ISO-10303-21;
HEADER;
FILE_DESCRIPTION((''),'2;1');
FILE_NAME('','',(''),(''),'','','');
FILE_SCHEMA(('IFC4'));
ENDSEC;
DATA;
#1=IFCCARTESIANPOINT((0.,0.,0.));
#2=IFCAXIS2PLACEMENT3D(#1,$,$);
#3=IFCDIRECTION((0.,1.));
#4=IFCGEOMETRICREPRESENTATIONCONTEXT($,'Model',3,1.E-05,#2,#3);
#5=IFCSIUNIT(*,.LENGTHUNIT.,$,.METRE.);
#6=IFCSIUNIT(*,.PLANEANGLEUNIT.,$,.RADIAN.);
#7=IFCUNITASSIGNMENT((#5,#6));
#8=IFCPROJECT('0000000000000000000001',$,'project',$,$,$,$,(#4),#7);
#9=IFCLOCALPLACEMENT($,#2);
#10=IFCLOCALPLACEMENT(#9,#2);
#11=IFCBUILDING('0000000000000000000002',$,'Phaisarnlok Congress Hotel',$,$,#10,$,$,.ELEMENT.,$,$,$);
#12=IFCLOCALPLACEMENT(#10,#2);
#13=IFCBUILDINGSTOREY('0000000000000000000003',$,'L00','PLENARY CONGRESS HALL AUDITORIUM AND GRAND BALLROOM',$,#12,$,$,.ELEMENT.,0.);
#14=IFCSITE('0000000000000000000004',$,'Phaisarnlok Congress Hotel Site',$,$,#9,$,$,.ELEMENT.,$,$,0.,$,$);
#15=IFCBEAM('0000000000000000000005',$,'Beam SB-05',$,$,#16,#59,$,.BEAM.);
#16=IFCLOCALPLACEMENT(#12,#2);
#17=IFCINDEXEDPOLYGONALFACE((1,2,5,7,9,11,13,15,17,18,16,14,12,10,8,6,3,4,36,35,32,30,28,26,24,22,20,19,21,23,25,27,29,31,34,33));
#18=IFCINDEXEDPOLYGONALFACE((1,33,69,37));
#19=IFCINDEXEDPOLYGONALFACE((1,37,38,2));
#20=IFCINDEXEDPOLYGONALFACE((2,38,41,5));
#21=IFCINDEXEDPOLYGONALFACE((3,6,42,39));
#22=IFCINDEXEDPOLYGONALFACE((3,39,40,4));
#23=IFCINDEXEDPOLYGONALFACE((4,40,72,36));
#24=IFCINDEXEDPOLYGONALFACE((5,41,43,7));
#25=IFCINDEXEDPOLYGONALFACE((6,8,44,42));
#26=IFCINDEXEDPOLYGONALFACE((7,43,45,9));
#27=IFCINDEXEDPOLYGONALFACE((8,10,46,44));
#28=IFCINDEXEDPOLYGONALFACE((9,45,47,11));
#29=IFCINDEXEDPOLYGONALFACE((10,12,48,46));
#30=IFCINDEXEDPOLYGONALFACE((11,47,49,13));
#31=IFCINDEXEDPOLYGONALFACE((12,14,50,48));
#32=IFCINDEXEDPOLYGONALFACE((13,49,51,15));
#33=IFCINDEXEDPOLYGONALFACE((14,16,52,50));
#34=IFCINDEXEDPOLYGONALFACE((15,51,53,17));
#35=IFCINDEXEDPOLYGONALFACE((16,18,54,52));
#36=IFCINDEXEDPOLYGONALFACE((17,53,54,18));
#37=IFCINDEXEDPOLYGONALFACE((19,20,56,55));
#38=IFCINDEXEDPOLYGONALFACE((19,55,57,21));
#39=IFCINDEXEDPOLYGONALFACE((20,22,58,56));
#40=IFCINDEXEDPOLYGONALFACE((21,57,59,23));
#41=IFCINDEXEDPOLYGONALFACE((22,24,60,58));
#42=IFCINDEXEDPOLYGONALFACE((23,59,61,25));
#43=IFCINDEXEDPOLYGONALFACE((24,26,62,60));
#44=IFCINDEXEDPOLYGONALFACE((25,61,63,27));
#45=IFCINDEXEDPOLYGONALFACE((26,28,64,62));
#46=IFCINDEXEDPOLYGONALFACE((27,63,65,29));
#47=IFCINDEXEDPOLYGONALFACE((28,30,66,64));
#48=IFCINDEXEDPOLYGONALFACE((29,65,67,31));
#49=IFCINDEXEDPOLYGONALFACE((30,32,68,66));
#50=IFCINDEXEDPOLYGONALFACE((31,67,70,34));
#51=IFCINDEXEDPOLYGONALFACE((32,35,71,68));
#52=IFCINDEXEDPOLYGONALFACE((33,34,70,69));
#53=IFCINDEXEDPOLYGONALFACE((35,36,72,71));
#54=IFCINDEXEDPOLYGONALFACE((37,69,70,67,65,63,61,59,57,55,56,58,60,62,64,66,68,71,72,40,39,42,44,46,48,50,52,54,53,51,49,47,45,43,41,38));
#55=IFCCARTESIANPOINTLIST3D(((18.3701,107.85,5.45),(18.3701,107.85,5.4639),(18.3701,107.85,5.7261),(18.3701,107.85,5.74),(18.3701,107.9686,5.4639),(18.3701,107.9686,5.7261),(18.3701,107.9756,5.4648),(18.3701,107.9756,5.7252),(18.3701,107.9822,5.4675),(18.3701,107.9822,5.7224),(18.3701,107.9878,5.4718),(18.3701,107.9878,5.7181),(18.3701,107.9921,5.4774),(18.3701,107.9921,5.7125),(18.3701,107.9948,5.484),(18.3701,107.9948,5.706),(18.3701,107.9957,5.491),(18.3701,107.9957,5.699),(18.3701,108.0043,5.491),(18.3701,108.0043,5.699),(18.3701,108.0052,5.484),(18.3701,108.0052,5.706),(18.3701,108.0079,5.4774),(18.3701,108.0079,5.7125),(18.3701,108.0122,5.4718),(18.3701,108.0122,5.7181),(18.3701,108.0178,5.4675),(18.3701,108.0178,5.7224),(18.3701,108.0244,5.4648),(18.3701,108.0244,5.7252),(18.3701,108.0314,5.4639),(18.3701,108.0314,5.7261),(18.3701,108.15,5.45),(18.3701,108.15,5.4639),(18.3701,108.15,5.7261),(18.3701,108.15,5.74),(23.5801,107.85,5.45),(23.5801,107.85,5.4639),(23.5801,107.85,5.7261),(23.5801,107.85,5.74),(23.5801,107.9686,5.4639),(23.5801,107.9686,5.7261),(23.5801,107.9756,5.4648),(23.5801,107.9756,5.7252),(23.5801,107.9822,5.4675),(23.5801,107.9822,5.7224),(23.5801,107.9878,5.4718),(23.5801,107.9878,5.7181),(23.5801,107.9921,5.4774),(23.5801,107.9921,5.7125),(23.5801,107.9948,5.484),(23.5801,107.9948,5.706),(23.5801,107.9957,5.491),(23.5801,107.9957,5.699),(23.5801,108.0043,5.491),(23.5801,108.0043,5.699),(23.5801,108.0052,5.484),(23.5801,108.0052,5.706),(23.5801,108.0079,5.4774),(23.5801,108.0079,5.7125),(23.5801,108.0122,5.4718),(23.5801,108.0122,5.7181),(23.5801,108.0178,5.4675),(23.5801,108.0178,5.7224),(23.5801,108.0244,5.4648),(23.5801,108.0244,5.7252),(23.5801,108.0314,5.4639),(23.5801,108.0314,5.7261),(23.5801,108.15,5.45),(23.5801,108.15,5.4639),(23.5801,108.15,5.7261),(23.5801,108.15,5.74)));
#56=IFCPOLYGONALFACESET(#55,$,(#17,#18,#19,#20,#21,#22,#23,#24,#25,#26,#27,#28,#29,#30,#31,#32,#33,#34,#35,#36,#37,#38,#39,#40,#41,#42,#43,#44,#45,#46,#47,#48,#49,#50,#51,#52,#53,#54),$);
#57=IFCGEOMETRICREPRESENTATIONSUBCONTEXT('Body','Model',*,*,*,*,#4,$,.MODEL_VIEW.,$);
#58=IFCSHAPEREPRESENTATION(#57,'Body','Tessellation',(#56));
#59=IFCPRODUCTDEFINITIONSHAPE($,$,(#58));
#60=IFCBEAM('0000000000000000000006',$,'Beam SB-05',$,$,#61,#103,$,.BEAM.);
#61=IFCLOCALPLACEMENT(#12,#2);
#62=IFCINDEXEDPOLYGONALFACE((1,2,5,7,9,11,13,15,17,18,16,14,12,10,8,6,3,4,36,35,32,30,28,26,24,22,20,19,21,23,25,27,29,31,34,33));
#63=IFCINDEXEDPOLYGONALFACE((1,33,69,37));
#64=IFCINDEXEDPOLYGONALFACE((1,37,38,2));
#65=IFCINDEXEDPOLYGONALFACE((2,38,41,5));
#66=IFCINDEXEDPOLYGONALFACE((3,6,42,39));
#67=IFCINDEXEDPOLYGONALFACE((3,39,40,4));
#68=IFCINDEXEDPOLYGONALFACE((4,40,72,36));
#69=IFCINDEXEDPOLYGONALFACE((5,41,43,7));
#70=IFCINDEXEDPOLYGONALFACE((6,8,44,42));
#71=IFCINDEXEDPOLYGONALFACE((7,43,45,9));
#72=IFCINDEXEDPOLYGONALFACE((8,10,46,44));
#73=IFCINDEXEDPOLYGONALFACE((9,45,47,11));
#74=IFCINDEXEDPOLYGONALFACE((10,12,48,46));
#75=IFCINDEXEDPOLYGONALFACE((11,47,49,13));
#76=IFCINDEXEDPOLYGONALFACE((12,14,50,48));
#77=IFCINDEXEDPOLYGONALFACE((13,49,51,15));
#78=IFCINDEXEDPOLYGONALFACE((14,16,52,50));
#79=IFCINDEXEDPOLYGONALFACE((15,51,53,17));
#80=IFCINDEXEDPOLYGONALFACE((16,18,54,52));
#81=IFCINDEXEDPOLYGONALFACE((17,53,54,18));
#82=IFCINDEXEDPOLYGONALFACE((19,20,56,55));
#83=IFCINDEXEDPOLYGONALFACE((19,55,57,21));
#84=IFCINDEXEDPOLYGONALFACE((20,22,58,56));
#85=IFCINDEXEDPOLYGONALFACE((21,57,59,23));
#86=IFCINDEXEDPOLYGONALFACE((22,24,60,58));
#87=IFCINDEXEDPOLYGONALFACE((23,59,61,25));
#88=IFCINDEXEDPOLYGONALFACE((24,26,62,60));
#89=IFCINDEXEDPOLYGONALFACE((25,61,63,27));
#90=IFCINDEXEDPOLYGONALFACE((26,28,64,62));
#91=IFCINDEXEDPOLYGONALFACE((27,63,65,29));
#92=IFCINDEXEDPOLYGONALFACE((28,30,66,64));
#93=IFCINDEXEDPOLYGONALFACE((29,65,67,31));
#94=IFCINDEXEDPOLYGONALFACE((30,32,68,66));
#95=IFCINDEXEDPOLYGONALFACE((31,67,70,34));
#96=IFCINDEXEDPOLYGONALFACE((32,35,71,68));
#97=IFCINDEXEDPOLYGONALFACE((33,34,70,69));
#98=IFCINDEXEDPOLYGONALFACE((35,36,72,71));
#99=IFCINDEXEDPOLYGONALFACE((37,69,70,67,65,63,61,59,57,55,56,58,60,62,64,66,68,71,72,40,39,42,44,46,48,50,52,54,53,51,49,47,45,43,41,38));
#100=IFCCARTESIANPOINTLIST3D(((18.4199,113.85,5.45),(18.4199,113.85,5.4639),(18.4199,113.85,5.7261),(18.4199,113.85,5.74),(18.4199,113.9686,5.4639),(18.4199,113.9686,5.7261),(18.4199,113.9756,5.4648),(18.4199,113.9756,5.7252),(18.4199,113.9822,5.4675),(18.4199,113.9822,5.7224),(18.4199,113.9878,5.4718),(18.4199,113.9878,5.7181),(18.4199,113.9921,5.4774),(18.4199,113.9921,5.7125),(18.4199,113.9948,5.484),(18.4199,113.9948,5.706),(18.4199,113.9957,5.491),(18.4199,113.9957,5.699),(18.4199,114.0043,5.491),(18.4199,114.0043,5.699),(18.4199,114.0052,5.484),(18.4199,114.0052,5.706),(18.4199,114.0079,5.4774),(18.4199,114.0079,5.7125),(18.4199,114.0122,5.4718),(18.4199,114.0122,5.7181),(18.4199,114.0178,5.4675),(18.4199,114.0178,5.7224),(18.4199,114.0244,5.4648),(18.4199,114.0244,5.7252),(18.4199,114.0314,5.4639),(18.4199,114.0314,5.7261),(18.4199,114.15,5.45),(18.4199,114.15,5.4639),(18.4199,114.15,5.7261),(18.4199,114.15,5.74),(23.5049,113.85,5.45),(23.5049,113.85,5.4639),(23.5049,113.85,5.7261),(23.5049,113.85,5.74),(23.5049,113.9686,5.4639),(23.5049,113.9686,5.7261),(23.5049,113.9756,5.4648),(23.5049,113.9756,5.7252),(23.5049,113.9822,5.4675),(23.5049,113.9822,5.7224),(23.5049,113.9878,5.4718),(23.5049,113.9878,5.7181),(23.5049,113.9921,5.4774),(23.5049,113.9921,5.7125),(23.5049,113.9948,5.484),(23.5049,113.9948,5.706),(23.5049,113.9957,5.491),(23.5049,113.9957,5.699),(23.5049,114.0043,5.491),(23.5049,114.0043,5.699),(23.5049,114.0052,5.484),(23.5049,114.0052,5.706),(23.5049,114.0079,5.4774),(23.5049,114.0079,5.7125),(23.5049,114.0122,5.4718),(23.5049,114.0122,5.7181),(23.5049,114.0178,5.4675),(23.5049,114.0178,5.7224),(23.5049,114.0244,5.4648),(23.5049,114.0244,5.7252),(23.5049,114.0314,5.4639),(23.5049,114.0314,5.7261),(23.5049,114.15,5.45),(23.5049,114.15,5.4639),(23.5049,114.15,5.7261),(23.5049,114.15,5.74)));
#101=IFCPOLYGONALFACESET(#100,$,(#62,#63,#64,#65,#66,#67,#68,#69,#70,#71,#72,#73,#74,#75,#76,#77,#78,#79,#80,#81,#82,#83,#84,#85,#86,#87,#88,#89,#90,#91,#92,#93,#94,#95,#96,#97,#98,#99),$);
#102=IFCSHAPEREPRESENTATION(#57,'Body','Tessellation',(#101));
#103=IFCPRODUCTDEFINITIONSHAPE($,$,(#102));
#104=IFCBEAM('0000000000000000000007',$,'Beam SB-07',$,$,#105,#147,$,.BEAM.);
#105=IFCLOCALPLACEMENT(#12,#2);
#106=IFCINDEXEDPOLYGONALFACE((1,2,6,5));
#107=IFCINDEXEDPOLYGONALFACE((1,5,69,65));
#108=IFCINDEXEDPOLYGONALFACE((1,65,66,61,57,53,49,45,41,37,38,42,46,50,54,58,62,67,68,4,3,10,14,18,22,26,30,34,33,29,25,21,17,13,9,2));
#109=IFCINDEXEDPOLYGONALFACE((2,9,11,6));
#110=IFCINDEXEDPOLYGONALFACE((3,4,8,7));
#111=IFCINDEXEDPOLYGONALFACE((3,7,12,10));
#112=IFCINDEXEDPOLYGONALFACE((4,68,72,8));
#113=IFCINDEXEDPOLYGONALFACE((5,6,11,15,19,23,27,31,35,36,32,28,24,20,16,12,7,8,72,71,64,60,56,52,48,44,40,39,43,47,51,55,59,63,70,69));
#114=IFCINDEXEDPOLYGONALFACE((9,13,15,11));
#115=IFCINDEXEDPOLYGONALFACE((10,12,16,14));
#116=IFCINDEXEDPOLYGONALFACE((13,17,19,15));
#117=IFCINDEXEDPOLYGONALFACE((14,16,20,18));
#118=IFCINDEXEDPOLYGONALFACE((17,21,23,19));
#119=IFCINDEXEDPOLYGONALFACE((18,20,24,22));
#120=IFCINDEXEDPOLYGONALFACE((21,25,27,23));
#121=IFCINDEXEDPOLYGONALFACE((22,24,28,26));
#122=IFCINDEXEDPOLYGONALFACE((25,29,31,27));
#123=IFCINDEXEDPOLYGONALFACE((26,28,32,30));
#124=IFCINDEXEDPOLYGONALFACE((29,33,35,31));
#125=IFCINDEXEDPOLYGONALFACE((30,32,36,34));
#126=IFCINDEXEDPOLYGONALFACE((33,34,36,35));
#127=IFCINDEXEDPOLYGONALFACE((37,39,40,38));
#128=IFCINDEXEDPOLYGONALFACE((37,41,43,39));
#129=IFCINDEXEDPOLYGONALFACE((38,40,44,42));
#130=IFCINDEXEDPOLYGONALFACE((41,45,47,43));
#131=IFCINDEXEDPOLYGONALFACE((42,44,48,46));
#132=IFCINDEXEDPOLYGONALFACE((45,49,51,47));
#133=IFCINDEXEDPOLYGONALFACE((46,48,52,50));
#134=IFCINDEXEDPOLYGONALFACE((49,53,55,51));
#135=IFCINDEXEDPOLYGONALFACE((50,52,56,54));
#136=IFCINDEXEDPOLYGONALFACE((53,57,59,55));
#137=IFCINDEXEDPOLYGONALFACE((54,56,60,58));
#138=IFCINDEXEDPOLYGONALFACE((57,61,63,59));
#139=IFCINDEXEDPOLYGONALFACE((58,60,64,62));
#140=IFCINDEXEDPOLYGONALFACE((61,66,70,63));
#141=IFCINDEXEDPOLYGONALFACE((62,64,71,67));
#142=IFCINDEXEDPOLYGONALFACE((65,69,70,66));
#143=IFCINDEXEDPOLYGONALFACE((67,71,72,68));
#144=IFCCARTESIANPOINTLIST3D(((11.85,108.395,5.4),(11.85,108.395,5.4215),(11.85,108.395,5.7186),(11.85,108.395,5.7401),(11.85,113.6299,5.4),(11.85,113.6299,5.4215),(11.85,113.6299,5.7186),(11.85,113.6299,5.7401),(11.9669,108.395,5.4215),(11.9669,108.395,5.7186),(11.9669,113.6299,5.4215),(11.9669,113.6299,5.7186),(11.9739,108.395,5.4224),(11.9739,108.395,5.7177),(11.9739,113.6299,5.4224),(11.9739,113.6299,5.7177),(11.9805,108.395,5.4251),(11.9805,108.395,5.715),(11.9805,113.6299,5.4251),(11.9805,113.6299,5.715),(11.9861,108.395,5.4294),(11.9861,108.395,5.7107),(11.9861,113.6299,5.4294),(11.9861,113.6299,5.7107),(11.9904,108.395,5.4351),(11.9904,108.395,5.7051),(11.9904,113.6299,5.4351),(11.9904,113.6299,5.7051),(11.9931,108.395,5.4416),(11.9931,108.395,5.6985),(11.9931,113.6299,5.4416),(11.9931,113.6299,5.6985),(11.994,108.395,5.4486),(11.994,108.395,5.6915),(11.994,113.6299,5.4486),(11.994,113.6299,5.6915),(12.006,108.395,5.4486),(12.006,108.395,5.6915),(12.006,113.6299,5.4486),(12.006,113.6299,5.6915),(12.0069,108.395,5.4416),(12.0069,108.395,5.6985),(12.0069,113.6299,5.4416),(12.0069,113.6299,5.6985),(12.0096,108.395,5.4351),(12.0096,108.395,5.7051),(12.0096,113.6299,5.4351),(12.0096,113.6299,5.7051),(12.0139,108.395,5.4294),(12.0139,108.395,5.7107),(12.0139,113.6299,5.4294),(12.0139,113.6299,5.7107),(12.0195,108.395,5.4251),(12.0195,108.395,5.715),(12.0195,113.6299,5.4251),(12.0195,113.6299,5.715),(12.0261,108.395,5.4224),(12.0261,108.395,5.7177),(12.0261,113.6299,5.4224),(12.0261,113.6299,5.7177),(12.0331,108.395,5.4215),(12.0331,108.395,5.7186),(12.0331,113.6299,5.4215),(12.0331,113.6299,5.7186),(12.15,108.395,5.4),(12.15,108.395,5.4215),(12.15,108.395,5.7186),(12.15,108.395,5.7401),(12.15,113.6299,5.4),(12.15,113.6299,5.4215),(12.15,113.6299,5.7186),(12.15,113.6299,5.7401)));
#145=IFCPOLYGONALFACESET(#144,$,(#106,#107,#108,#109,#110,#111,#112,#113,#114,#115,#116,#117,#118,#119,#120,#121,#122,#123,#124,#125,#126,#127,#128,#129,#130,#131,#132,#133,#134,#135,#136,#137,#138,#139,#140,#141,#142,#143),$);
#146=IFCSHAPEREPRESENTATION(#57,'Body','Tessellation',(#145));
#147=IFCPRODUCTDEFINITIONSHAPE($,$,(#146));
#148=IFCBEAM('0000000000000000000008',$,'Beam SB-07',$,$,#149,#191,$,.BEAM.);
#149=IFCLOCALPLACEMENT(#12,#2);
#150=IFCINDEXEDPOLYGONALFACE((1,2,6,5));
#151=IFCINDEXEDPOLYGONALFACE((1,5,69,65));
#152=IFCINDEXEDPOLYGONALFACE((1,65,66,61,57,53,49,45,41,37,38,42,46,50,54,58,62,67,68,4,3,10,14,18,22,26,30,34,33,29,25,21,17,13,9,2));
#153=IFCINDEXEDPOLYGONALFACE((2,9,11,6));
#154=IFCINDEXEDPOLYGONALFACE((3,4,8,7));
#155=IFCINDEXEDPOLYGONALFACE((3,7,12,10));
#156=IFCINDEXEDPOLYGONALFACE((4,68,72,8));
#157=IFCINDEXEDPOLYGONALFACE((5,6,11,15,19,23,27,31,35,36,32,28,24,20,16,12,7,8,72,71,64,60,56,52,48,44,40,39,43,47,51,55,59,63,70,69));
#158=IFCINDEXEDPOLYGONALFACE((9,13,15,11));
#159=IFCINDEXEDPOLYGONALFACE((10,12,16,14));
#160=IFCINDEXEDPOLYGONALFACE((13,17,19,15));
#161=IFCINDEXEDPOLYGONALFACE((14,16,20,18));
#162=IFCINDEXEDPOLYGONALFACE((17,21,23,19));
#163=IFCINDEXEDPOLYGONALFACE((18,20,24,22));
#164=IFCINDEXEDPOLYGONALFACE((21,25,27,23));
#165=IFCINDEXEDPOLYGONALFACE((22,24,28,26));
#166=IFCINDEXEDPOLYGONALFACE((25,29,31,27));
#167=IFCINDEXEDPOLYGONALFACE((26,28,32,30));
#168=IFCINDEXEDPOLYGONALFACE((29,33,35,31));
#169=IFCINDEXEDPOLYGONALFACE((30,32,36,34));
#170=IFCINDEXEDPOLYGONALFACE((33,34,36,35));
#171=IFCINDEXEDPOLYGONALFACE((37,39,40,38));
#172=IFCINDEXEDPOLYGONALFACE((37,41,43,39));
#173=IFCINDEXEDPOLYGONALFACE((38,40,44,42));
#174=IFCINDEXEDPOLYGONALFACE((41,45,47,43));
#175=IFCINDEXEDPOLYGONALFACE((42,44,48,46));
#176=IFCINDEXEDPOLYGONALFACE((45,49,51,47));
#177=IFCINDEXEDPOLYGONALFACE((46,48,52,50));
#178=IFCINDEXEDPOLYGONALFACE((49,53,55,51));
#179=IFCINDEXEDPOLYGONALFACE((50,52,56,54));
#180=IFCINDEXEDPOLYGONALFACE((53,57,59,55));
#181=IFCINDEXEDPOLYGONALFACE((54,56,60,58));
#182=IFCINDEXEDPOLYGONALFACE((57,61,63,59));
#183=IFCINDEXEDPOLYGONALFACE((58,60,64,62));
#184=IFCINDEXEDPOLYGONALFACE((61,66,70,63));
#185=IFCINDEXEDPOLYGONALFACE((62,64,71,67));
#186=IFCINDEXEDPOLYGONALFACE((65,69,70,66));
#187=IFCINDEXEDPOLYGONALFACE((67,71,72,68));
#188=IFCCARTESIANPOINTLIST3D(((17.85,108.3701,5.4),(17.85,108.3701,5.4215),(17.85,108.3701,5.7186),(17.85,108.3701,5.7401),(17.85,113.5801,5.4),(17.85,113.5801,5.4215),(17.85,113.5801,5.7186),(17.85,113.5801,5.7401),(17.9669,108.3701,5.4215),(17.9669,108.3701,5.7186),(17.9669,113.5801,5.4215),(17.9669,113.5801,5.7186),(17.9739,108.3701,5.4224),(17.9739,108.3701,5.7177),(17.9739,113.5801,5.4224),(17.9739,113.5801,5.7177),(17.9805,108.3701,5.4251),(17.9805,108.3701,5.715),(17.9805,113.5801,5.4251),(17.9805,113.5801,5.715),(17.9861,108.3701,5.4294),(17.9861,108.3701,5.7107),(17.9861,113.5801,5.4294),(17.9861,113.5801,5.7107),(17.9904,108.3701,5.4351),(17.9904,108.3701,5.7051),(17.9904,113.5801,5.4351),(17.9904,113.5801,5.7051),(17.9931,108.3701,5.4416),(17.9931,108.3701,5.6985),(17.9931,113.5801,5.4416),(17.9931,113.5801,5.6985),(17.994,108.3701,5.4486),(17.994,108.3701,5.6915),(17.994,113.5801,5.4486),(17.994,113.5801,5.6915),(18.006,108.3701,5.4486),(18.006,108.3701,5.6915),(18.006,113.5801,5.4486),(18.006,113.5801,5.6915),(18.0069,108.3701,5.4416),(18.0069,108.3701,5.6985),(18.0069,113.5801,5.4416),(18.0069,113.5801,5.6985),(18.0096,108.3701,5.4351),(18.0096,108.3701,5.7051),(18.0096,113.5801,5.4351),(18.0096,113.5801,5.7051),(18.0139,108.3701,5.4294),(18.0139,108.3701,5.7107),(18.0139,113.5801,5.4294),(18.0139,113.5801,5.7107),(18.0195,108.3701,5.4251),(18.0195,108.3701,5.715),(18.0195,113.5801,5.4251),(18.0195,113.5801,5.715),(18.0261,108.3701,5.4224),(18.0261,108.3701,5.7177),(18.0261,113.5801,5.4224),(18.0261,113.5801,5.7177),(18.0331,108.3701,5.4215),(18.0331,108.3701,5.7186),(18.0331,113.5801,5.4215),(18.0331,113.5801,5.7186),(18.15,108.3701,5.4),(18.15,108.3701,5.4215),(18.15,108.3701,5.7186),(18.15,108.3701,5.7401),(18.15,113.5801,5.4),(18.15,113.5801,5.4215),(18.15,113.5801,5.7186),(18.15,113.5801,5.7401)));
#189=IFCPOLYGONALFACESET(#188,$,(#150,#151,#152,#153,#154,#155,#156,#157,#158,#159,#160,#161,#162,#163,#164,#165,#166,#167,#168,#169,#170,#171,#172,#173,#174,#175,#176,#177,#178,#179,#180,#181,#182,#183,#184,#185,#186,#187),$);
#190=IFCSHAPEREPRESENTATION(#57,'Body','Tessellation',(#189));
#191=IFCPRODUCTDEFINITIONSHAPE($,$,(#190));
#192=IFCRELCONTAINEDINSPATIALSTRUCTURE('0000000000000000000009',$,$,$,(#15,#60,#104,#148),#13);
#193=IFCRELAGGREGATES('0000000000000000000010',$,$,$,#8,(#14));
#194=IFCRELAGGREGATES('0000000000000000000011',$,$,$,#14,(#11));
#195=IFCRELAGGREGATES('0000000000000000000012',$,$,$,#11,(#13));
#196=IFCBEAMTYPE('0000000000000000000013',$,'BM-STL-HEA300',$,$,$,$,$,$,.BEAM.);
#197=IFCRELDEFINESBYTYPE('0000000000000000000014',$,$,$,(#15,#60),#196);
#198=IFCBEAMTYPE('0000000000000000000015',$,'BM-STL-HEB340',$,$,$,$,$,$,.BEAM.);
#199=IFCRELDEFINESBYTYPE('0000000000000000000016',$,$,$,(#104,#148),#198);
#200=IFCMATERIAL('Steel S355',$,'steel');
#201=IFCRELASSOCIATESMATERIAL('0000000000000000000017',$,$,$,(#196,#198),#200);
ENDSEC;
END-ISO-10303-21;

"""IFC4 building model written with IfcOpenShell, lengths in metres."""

from ifc_helpers import new_model, si_unit, direction, frame, origin, origin_2d, place, context, subcontext, project, spatial, i_section, extrude, material, material_profile, profile_set, type_object, element, save


model = new_model("IFC4")

# Units and contexts
model_context = context("Model", 3, precision=1e-05, world=origin(), true_north=direction((0.0, 1.0)))
body_context = subcontext(model_context, "Body", "Model", "MODEL_VIEW")
ifc_project = project(units=[si_unit("LENGTHUNIT", "METRE"), si_unit("PLANEANGLEUNIT", "RADIAN")], contexts=[model_context])

# Site, building, storey
site_placement = place(None, origin())
site = spatial("IfcSite", under=ifc_project, at=site_placement, Name="Phaisarnlok Congress Hotel Site", CompositionType="ELEMENT", RefElevation=0.0)
building_placement = place(site_placement, origin())
building = spatial("IfcBuilding", under=site, at=building_placement, Name="Phaisarnlok Congress Hotel", CompositionType="ELEMENT")
storey_placement = place(building_placement, origin())
storey = spatial("IfcBuildingStorey", under=building, at=storey_placement, Name="L00", Description="PLENARY CONGRESS HALL AUDITORIUM AND GRAND BALLROOM", CompositionType="ELEMENT", Elevation=0.0)

# Shared definitions
ifc_material_1 = material(Name="Steel S355", Category="steel")

# Beams
ifc_material_profile_1 = material_profile(ifc_material_1, i_section(OverallWidth=0.3, OverallDepth=0.29, WebThickness=0.0085, FlangeThickness=0.0139, FilletRadius=0.0271, at=origin_2d()), Name="HEA 300")
ifc_profile_set_1 = profile_set([ifc_material_profile_1], Name="Steel S355")
beam_type_1 = type_object("IfcBeamType", Name="BM-STL-HEA300", PredefinedType="BEAM", material=ifc_profile_set_1)
beam_1_placement = place(storey_placement, frame((18.3701, 108.0, 5.595), z_axis=(1.0, 0.0, 0.0), x_axis=(0.0, 1.0, 0.0)))
element("IfcBeam", 1, at=beam_1_placement, inside=storey, type_object=beam_type_1, Name="Beam SB-05", PredefinedType="BEAM", context=body_context, shape_type="SweptSolid", body=[
    extrude(i_section(OverallWidth=0.3, OverallDepth=0.29, WebThickness=0.0085, FlangeThickness=0.0139, FilletRadius=0.0271, at=origin_2d()), origin(), (0.0, 0.0, 1.0), 5.21),
])
beam_2_placement = place(storey_placement, frame((18.4199, 114.0, 5.595), z_axis=(1.0, 0.0, 0.0), x_axis=(0.0, 1.0, 0.0)))
element("IfcBeam", 2, at=beam_2_placement, inside=storey, type_object=beam_type_1, Name="Beam SB-05", PredefinedType="BEAM", context=body_context, shape_type="SweptSolid", body=[
    extrude(i_section(OverallWidth=0.3, OverallDepth=0.29, WebThickness=0.0085, FlangeThickness=0.0139, FilletRadius=0.0271, at=origin_2d()), origin(), (0.0, 0.0, 1.0), 5.085),
])
ifc_material_profile_2 = material_profile(ifc_material_1, i_section(OverallWidth=0.3, OverallDepth=0.3401, WebThickness=0.012, FlangeThickness=0.0215, FilletRadius=0.0271, at=origin_2d()), Name="HEB 340")
ifc_profile_set_2 = profile_set([ifc_material_profile_2], Name="Steel S355")
beam_type_2 = type_object("IfcBeamType", Name="BM-STL-HEB340", PredefinedType="BEAM", material=ifc_profile_set_2)
beam_3_placement = place(storey_placement, frame((12.0, 108.395, 5.5701), z_axis=(0.0, 1.0, 0.0), x_axis=(-1.0, 0.0, 0.0)))
element("IfcBeam", 3, at=beam_3_placement, inside=storey, type_object=beam_type_2, Name="Beam SB-07", PredefinedType="BEAM", context=body_context, shape_type="SweptSolid", body=[
    extrude(i_section(OverallWidth=0.3, OverallDepth=0.3401, WebThickness=0.012, FlangeThickness=0.0215, FilletRadius=0.0271, at=origin_2d()), origin(), (0.0, 0.0, 1.0), 5.2349),
])
beam_4_placement = place(storey_placement, frame((18.0, 108.3701, 5.5701), z_axis=(0.0, 1.0, 0.0), x_axis=(-1.0, 0.0, 0.0)))
element("IfcBeam", 4, at=beam_4_placement, inside=storey, type_object=beam_type_2, Name="Beam SB-07", PredefinedType="BEAM", context=body_context, shape_type="SweptSolid", body=[
    extrude(i_section(OverallWidth=0.3, OverallDepth=0.3401, WebThickness=0.012, FlangeThickness=0.0215, FilletRadius=0.0271, at=origin_2d()), origin(), (0.0, 0.0, 1.0), 5.21),
])

save(model, "model.ifc")
